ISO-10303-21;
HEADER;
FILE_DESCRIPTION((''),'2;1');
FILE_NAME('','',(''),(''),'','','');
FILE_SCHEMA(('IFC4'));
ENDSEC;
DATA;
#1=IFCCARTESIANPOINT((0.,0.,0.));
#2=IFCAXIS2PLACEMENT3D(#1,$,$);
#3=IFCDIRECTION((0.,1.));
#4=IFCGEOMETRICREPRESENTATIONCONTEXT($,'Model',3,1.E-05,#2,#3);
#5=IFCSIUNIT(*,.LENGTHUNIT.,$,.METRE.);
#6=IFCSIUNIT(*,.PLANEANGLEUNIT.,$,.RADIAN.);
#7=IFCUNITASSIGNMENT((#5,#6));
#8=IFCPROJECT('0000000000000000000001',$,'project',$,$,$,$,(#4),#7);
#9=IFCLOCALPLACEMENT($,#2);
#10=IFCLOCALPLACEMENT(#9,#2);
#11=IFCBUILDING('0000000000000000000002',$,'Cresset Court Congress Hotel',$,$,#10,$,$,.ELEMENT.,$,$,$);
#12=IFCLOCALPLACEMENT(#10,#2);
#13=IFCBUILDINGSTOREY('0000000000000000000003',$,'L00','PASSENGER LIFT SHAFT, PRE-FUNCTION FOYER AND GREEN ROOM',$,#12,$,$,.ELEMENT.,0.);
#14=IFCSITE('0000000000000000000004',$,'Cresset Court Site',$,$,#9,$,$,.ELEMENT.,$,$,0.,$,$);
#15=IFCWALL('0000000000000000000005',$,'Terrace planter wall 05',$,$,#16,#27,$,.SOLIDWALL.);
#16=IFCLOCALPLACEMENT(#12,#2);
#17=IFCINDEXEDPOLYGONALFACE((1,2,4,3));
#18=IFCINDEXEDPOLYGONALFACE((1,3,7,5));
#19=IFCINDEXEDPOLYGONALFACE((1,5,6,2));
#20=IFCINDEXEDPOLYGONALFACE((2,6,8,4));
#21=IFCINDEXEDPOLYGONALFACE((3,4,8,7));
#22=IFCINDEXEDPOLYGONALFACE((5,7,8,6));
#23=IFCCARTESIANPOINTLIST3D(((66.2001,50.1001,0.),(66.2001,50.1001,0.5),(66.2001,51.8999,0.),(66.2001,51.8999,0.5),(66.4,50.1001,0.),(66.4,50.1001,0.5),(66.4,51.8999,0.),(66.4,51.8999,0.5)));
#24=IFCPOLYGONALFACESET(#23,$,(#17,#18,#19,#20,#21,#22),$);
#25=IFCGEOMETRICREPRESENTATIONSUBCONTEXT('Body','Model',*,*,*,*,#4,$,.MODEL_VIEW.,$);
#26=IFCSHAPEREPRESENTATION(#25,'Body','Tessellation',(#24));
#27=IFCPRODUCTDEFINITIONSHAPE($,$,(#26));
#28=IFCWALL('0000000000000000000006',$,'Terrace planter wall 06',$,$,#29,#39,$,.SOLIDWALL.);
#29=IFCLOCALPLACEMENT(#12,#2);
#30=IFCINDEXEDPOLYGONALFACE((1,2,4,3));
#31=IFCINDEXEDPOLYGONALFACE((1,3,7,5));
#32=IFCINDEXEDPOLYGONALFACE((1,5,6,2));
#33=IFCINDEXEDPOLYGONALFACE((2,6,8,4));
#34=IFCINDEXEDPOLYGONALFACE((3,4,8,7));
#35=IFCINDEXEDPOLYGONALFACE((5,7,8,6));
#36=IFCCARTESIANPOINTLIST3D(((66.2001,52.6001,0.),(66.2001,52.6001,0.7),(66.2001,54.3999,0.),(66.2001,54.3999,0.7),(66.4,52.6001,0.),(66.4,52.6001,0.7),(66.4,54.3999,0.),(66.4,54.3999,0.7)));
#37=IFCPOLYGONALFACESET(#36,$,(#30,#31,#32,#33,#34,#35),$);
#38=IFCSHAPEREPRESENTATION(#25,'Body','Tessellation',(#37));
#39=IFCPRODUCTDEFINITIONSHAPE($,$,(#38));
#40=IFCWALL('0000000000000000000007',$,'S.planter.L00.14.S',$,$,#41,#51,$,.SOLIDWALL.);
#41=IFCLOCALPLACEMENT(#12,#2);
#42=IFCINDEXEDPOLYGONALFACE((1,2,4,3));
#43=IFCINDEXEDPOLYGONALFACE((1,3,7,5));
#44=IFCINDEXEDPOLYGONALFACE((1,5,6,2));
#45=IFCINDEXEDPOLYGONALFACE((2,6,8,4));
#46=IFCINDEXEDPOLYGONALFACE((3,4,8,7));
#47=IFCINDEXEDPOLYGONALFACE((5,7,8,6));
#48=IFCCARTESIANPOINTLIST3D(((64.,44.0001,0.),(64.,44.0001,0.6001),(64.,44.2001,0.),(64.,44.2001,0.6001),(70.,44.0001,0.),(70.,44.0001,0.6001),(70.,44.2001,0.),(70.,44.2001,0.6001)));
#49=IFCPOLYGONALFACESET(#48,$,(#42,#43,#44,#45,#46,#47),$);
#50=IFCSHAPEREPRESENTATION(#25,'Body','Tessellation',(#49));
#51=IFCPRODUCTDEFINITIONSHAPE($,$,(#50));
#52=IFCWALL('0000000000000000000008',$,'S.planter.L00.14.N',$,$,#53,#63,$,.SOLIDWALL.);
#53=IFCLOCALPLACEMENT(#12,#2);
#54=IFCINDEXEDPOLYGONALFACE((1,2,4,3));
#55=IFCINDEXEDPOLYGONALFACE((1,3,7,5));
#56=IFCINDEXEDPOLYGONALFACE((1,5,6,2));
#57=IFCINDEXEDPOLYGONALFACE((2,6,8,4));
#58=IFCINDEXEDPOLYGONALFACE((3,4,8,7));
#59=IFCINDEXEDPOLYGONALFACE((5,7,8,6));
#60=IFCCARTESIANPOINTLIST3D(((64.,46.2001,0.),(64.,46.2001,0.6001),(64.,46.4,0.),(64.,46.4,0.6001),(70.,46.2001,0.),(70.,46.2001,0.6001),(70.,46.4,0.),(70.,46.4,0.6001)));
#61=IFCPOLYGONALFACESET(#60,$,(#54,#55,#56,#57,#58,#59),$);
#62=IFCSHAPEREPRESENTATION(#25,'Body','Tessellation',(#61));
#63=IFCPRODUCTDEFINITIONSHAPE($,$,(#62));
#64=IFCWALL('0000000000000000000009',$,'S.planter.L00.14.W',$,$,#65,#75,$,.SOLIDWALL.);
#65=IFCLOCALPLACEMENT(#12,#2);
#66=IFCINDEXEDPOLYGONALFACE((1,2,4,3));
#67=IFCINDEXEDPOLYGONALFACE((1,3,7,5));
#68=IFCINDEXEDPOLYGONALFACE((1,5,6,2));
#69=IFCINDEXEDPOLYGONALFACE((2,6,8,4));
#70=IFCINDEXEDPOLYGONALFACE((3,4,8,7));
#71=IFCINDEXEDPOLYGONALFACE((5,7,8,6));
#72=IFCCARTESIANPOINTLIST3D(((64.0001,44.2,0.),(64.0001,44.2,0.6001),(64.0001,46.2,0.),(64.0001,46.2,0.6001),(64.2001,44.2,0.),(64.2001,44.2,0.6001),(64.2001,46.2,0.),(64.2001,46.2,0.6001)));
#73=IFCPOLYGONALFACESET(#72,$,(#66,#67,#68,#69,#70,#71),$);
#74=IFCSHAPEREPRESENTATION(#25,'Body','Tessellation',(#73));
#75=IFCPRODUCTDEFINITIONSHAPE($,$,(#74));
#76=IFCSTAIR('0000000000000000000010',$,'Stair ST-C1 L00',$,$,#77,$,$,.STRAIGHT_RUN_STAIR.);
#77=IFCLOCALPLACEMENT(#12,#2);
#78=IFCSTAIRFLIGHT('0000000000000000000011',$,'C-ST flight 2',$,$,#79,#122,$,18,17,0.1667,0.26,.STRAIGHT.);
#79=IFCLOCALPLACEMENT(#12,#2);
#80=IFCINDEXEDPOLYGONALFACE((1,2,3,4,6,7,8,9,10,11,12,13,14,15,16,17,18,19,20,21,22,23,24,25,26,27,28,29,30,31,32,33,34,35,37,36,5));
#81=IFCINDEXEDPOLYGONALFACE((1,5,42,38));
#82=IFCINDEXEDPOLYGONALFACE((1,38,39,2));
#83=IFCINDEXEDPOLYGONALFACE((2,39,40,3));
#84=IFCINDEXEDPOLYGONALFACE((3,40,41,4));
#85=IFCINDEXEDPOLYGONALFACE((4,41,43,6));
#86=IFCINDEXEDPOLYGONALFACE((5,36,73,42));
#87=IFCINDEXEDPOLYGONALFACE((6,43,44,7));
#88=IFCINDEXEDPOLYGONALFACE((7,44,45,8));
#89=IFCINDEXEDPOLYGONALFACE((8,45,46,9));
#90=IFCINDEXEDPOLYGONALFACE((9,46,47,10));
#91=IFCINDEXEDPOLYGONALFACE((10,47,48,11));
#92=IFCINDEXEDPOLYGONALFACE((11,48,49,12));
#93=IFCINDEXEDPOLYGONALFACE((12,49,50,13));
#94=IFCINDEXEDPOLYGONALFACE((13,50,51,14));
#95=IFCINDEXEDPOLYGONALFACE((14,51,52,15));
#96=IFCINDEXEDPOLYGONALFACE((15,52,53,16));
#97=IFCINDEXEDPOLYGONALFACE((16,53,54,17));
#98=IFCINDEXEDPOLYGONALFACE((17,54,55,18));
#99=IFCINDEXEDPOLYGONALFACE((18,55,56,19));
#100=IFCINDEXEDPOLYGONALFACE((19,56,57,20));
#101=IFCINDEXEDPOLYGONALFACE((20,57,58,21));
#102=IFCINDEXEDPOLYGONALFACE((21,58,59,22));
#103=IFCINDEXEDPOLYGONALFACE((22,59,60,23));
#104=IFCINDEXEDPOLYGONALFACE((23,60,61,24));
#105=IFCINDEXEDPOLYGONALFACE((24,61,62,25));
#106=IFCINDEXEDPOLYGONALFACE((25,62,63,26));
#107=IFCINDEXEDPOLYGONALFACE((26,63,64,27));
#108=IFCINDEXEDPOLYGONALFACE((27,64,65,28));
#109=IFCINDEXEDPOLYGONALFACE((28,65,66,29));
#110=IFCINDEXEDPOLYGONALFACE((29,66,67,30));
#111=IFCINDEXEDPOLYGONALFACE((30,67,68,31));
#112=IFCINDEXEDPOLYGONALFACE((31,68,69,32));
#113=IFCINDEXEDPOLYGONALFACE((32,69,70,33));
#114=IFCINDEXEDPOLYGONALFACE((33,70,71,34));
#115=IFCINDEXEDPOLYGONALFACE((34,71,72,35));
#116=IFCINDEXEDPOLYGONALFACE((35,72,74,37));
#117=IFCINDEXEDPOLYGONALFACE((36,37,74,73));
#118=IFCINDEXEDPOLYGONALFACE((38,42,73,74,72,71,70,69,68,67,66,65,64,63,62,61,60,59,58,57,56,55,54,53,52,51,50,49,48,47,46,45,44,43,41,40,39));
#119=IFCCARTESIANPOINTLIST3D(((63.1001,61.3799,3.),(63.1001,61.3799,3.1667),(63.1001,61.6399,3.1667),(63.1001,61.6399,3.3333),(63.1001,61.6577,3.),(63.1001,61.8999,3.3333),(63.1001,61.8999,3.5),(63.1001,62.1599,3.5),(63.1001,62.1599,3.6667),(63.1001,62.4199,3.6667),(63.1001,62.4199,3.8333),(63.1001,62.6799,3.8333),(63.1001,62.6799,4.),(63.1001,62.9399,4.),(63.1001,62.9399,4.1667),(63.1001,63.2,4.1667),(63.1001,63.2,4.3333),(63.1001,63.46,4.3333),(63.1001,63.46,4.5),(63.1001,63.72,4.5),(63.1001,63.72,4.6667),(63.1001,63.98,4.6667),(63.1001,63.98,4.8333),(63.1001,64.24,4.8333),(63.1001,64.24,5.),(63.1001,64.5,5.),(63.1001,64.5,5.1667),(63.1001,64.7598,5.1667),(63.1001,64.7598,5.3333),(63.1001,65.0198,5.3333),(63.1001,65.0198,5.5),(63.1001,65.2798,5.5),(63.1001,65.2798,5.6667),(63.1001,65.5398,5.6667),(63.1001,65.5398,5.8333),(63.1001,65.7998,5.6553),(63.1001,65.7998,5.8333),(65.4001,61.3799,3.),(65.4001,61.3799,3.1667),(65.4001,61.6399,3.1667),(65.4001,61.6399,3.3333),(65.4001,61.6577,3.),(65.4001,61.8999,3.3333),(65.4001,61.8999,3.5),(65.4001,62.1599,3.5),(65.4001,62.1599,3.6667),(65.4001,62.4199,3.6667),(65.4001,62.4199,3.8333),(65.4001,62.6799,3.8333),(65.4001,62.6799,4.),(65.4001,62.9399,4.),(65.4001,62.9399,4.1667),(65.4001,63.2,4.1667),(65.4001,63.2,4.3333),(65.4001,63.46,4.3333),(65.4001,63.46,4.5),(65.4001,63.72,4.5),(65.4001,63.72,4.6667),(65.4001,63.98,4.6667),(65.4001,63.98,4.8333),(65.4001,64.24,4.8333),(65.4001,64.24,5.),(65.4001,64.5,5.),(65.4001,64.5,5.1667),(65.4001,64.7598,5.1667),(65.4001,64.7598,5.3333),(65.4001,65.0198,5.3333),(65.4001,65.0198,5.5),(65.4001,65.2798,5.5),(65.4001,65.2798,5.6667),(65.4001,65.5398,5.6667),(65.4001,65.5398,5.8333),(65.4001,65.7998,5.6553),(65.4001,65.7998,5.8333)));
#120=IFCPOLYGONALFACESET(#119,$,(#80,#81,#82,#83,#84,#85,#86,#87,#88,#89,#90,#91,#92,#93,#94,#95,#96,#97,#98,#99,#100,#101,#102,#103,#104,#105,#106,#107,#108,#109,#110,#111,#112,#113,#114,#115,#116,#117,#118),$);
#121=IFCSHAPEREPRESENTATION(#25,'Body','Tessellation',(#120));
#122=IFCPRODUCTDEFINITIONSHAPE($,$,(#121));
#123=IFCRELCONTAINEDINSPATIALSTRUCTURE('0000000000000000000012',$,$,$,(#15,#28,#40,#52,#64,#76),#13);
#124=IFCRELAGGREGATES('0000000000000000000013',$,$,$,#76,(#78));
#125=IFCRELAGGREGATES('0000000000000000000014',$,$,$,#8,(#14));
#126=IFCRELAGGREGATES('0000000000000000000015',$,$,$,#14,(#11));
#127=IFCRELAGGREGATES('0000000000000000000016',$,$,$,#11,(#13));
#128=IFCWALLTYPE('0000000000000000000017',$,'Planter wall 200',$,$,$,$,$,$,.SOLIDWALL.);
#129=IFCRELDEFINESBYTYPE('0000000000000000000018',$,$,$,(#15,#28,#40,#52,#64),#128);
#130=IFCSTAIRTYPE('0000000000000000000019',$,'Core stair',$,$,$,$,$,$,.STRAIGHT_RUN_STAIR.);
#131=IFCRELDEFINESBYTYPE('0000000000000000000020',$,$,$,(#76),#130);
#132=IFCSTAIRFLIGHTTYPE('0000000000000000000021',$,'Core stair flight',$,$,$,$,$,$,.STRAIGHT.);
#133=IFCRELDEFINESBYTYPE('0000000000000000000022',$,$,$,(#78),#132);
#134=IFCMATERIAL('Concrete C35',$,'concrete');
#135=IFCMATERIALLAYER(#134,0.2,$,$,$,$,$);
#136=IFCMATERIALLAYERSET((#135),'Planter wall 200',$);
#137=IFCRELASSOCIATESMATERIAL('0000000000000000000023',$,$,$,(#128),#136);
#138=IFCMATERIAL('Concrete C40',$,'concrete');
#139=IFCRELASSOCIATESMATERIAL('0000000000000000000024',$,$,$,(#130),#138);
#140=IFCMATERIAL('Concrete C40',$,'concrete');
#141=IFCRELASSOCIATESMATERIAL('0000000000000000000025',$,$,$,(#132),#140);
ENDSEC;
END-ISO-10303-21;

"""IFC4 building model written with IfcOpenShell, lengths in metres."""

from ifc_helpers import new_model, si_unit, direction, frame, frame_2d, origin, place, context, subcontext, project, spatial, polyline, rectangle, outline, extrude, material, layer, layer_set, type_object, element, aggregate, save


model = new_model("IFC4")

# Units and contexts
model_context = context("Model", 3, precision=1e-05, world=origin(), true_north=direction((0.0, 1.0)))
body_context = subcontext(model_context, "Body", "Model", "MODEL_VIEW")
ifc_project = project(units=[si_unit("LENGTHUNIT", "METRE"), si_unit("PLANEANGLEUNIT", "RADIAN")], contexts=[model_context])

# Site, building, storey
site_placement = place(None, origin())
site = spatial("IfcSite", under=ifc_project, at=site_placement, Name="Cresset Court Site", CompositionType="ELEMENT", RefElevation=0.0)
building_placement = place(site_placement, origin())
building = spatial("IfcBuilding", under=site, at=building_placement, Name="Cresset Court Congress Hotel", CompositionType="ELEMENT")
storey_placement = place(building_placement, origin())
storey = spatial("IfcBuildingStorey", under=building, at=storey_placement, Name="L00", Description="PASSENGER LIFT SHAFT, PRE-FUNCTION FOYER AND GREEN ROOM", CompositionType="ELEMENT", Elevation=0.0)

# Walls
ifc_material_1 = material(Name="Concrete C35", Category="concrete")
ifc_layer_1 = layer(ifc_material_1, 0.2)
ifc_layer_set_1 = layer_set([ifc_layer_1], Name="Planter wall 200")
wall_type_1 = type_object("IfcWallType", Name="Planter wall 200", PredefinedType="SOLIDWALL", material=ifc_layer_set_1)
wall_1_placement = place(storey_placement, frame((66.3, 50.1001, 0.0), z_axis=(0.0, 0.0, 1.0), x_axis=(0.0, 1.0, 0.0)))
element("IfcWall", 1, at=wall_1_placement, inside=storey, type_object=wall_type_1, Name="Terrace planter wall 05", PredefinedType="SOLIDWALL", context=body_context, shape_type="SweptSolid", body=[
    extrude(rectangle(XDim=1.7998, YDim=0.2, at=frame_2d((0.8999, 0.0))), origin(), (0.0, 0.0, 1.0), 0.5),
])
wall_2_placement = place(storey_placement, frame((66.3, 52.6001, 0.0), z_axis=(0.0, 0.0, 1.0), x_axis=(0.0, 1.0, 0.0)))
element("IfcWall", 2, at=wall_2_placement, inside=storey, type_object=wall_type_1, Name="Terrace planter wall 06", PredefinedType="SOLIDWALL", context=body_context, shape_type="SweptSolid", body=[
    extrude(rectangle(XDim=1.7998, YDim=0.2, at=frame_2d((0.8999, 0.0))), origin(), (0.0, 0.0, 1.0), 0.7),
])
for number, where, z_axis, x_axis, name in (
    (3, (64.0, 44.1001, 0.0), (0.0, 0.0, 1.0), (1.0, 0.0, 0.0), "S.planter.L00.14.S"),
    (4, (64.0, 46.3, 0.0), (0.0, 0.0, 1.0), (1.0, 0.0, 0.0), "S.planter.L00.14.N"),
):
    element("IfcWall", number, at=place(storey_placement, frame(where, z_axis=z_axis, x_axis=x_axis)), inside=storey, type_object=wall_type_1, Name=name, PredefinedType="SOLIDWALL", context=body_context, shape_type="SweptSolid", body=[
        extrude(rectangle(XDim=6.0, YDim=0.2, at=frame_2d((3.0, 0.0))), origin(), (0.0, 0.0, 1.0), 0.6001),
    ])
wall_3_placement = place(storey_placement, frame((64.1001, 44.2, 0.0), z_axis=(0.0, 0.0, 1.0), x_axis=(0.0, 1.0, 0.0)))
element("IfcWall", 5, at=wall_3_placement, inside=storey, type_object=wall_type_1, Name="S.planter.L00.14.W", PredefinedType="SOLIDWALL", context=body_context, shape_type="SweptSolid", body=[
    extrude(rectangle(XDim=2.0, YDim=0.2, at=frame_2d((1.0, 0.0))), origin(), (0.0, 0.0, 1.0), 0.6001),
])

# Stair, stair flight
ifc_material_2 = material(Name="Concrete C40", Category="concrete")
stair_type = type_object("IfcStairType", Name="Core stair", PredefinedType="STRAIGHT_RUN_STAIR", material=ifc_material_2)
stair_placement = place(storey_placement, origin())
stair = element("IfcStair", 6, at=stair_placement, inside=storey, type_object=stair_type, Name="Stair ST-C1 L00", PredefinedType="STRAIGHT_RUN_STAIR")
ifc_material_3 = material(Name="Concrete C40", Category="concrete")
stair_flight_type = type_object("IfcStairFlightType", Name="Core stair flight", PredefinedType="STRAIGHT", material=ifc_material_3)
stair_flight_placement = place(storey_placement, frame((64.25, 61.3799, 3.0), z_axis=(0.0, 0.0, 1.0), x_axis=(0.0, 1.0, 0.0)))
stair_flight = element("IfcStairFlight", 7, at=stair_flight_placement, type_object=stair_flight_type, Name="C-ST flight 2", NumberOfRisers=18, NumberOfTreads=17, PredefinedType="STRAIGHT", RiserHeight=0.1667, TreadLength=0.26, context=body_context, shape_type="SweptSolid", body=[
    extrude(outline(polyline([(0.0, 0.0), (0.0, 0.1667), (0.26, 0.1667), (0.26, 0.3333), (0.52, 0.3333), (0.52, 0.5), (0.78, 0.5), (0.78, 0.6667), (1.04, 0.6667), (1.04, 0.8333), (1.3, 0.8333), (1.3, 1.0), (1.5601, 1.0), (1.5601, 1.1667), (1.8201, 1.1667), (1.8201, 1.3333), (2.0801, 1.3333), (2.0801, 1.5), (2.3401, 1.5), (2.3401, 1.6667), (2.6001, 1.6667), (2.6001, 1.8333), (2.8601, 1.8333), (2.8601, 2.0), (3.1201, 2.0), (3.1201, 2.1667), (3.3799, 2.1667), (3.3799, 2.3333), (3.6399, 2.3333), (3.6399, 2.5), (3.8999, 2.5), (3.8999, 2.6667), (4.1599, 2.6667), (4.1599, 2.8333), (4.4199, 2.8333), (4.4199, 3.0), (4.4199, 2.6553), (0.2778, 0.0), (0.0, 0.0)])), frame((0.0, 1.1499, 0.0), z_axis=(0.0, -1.0, 0.0), x_axis=(1.0, 0.0, 0.0)), (0.0, 0.0, 1.0), 2.3),
])
aggregate(stair, [stair_flight])

save(model, "model.ifc")
